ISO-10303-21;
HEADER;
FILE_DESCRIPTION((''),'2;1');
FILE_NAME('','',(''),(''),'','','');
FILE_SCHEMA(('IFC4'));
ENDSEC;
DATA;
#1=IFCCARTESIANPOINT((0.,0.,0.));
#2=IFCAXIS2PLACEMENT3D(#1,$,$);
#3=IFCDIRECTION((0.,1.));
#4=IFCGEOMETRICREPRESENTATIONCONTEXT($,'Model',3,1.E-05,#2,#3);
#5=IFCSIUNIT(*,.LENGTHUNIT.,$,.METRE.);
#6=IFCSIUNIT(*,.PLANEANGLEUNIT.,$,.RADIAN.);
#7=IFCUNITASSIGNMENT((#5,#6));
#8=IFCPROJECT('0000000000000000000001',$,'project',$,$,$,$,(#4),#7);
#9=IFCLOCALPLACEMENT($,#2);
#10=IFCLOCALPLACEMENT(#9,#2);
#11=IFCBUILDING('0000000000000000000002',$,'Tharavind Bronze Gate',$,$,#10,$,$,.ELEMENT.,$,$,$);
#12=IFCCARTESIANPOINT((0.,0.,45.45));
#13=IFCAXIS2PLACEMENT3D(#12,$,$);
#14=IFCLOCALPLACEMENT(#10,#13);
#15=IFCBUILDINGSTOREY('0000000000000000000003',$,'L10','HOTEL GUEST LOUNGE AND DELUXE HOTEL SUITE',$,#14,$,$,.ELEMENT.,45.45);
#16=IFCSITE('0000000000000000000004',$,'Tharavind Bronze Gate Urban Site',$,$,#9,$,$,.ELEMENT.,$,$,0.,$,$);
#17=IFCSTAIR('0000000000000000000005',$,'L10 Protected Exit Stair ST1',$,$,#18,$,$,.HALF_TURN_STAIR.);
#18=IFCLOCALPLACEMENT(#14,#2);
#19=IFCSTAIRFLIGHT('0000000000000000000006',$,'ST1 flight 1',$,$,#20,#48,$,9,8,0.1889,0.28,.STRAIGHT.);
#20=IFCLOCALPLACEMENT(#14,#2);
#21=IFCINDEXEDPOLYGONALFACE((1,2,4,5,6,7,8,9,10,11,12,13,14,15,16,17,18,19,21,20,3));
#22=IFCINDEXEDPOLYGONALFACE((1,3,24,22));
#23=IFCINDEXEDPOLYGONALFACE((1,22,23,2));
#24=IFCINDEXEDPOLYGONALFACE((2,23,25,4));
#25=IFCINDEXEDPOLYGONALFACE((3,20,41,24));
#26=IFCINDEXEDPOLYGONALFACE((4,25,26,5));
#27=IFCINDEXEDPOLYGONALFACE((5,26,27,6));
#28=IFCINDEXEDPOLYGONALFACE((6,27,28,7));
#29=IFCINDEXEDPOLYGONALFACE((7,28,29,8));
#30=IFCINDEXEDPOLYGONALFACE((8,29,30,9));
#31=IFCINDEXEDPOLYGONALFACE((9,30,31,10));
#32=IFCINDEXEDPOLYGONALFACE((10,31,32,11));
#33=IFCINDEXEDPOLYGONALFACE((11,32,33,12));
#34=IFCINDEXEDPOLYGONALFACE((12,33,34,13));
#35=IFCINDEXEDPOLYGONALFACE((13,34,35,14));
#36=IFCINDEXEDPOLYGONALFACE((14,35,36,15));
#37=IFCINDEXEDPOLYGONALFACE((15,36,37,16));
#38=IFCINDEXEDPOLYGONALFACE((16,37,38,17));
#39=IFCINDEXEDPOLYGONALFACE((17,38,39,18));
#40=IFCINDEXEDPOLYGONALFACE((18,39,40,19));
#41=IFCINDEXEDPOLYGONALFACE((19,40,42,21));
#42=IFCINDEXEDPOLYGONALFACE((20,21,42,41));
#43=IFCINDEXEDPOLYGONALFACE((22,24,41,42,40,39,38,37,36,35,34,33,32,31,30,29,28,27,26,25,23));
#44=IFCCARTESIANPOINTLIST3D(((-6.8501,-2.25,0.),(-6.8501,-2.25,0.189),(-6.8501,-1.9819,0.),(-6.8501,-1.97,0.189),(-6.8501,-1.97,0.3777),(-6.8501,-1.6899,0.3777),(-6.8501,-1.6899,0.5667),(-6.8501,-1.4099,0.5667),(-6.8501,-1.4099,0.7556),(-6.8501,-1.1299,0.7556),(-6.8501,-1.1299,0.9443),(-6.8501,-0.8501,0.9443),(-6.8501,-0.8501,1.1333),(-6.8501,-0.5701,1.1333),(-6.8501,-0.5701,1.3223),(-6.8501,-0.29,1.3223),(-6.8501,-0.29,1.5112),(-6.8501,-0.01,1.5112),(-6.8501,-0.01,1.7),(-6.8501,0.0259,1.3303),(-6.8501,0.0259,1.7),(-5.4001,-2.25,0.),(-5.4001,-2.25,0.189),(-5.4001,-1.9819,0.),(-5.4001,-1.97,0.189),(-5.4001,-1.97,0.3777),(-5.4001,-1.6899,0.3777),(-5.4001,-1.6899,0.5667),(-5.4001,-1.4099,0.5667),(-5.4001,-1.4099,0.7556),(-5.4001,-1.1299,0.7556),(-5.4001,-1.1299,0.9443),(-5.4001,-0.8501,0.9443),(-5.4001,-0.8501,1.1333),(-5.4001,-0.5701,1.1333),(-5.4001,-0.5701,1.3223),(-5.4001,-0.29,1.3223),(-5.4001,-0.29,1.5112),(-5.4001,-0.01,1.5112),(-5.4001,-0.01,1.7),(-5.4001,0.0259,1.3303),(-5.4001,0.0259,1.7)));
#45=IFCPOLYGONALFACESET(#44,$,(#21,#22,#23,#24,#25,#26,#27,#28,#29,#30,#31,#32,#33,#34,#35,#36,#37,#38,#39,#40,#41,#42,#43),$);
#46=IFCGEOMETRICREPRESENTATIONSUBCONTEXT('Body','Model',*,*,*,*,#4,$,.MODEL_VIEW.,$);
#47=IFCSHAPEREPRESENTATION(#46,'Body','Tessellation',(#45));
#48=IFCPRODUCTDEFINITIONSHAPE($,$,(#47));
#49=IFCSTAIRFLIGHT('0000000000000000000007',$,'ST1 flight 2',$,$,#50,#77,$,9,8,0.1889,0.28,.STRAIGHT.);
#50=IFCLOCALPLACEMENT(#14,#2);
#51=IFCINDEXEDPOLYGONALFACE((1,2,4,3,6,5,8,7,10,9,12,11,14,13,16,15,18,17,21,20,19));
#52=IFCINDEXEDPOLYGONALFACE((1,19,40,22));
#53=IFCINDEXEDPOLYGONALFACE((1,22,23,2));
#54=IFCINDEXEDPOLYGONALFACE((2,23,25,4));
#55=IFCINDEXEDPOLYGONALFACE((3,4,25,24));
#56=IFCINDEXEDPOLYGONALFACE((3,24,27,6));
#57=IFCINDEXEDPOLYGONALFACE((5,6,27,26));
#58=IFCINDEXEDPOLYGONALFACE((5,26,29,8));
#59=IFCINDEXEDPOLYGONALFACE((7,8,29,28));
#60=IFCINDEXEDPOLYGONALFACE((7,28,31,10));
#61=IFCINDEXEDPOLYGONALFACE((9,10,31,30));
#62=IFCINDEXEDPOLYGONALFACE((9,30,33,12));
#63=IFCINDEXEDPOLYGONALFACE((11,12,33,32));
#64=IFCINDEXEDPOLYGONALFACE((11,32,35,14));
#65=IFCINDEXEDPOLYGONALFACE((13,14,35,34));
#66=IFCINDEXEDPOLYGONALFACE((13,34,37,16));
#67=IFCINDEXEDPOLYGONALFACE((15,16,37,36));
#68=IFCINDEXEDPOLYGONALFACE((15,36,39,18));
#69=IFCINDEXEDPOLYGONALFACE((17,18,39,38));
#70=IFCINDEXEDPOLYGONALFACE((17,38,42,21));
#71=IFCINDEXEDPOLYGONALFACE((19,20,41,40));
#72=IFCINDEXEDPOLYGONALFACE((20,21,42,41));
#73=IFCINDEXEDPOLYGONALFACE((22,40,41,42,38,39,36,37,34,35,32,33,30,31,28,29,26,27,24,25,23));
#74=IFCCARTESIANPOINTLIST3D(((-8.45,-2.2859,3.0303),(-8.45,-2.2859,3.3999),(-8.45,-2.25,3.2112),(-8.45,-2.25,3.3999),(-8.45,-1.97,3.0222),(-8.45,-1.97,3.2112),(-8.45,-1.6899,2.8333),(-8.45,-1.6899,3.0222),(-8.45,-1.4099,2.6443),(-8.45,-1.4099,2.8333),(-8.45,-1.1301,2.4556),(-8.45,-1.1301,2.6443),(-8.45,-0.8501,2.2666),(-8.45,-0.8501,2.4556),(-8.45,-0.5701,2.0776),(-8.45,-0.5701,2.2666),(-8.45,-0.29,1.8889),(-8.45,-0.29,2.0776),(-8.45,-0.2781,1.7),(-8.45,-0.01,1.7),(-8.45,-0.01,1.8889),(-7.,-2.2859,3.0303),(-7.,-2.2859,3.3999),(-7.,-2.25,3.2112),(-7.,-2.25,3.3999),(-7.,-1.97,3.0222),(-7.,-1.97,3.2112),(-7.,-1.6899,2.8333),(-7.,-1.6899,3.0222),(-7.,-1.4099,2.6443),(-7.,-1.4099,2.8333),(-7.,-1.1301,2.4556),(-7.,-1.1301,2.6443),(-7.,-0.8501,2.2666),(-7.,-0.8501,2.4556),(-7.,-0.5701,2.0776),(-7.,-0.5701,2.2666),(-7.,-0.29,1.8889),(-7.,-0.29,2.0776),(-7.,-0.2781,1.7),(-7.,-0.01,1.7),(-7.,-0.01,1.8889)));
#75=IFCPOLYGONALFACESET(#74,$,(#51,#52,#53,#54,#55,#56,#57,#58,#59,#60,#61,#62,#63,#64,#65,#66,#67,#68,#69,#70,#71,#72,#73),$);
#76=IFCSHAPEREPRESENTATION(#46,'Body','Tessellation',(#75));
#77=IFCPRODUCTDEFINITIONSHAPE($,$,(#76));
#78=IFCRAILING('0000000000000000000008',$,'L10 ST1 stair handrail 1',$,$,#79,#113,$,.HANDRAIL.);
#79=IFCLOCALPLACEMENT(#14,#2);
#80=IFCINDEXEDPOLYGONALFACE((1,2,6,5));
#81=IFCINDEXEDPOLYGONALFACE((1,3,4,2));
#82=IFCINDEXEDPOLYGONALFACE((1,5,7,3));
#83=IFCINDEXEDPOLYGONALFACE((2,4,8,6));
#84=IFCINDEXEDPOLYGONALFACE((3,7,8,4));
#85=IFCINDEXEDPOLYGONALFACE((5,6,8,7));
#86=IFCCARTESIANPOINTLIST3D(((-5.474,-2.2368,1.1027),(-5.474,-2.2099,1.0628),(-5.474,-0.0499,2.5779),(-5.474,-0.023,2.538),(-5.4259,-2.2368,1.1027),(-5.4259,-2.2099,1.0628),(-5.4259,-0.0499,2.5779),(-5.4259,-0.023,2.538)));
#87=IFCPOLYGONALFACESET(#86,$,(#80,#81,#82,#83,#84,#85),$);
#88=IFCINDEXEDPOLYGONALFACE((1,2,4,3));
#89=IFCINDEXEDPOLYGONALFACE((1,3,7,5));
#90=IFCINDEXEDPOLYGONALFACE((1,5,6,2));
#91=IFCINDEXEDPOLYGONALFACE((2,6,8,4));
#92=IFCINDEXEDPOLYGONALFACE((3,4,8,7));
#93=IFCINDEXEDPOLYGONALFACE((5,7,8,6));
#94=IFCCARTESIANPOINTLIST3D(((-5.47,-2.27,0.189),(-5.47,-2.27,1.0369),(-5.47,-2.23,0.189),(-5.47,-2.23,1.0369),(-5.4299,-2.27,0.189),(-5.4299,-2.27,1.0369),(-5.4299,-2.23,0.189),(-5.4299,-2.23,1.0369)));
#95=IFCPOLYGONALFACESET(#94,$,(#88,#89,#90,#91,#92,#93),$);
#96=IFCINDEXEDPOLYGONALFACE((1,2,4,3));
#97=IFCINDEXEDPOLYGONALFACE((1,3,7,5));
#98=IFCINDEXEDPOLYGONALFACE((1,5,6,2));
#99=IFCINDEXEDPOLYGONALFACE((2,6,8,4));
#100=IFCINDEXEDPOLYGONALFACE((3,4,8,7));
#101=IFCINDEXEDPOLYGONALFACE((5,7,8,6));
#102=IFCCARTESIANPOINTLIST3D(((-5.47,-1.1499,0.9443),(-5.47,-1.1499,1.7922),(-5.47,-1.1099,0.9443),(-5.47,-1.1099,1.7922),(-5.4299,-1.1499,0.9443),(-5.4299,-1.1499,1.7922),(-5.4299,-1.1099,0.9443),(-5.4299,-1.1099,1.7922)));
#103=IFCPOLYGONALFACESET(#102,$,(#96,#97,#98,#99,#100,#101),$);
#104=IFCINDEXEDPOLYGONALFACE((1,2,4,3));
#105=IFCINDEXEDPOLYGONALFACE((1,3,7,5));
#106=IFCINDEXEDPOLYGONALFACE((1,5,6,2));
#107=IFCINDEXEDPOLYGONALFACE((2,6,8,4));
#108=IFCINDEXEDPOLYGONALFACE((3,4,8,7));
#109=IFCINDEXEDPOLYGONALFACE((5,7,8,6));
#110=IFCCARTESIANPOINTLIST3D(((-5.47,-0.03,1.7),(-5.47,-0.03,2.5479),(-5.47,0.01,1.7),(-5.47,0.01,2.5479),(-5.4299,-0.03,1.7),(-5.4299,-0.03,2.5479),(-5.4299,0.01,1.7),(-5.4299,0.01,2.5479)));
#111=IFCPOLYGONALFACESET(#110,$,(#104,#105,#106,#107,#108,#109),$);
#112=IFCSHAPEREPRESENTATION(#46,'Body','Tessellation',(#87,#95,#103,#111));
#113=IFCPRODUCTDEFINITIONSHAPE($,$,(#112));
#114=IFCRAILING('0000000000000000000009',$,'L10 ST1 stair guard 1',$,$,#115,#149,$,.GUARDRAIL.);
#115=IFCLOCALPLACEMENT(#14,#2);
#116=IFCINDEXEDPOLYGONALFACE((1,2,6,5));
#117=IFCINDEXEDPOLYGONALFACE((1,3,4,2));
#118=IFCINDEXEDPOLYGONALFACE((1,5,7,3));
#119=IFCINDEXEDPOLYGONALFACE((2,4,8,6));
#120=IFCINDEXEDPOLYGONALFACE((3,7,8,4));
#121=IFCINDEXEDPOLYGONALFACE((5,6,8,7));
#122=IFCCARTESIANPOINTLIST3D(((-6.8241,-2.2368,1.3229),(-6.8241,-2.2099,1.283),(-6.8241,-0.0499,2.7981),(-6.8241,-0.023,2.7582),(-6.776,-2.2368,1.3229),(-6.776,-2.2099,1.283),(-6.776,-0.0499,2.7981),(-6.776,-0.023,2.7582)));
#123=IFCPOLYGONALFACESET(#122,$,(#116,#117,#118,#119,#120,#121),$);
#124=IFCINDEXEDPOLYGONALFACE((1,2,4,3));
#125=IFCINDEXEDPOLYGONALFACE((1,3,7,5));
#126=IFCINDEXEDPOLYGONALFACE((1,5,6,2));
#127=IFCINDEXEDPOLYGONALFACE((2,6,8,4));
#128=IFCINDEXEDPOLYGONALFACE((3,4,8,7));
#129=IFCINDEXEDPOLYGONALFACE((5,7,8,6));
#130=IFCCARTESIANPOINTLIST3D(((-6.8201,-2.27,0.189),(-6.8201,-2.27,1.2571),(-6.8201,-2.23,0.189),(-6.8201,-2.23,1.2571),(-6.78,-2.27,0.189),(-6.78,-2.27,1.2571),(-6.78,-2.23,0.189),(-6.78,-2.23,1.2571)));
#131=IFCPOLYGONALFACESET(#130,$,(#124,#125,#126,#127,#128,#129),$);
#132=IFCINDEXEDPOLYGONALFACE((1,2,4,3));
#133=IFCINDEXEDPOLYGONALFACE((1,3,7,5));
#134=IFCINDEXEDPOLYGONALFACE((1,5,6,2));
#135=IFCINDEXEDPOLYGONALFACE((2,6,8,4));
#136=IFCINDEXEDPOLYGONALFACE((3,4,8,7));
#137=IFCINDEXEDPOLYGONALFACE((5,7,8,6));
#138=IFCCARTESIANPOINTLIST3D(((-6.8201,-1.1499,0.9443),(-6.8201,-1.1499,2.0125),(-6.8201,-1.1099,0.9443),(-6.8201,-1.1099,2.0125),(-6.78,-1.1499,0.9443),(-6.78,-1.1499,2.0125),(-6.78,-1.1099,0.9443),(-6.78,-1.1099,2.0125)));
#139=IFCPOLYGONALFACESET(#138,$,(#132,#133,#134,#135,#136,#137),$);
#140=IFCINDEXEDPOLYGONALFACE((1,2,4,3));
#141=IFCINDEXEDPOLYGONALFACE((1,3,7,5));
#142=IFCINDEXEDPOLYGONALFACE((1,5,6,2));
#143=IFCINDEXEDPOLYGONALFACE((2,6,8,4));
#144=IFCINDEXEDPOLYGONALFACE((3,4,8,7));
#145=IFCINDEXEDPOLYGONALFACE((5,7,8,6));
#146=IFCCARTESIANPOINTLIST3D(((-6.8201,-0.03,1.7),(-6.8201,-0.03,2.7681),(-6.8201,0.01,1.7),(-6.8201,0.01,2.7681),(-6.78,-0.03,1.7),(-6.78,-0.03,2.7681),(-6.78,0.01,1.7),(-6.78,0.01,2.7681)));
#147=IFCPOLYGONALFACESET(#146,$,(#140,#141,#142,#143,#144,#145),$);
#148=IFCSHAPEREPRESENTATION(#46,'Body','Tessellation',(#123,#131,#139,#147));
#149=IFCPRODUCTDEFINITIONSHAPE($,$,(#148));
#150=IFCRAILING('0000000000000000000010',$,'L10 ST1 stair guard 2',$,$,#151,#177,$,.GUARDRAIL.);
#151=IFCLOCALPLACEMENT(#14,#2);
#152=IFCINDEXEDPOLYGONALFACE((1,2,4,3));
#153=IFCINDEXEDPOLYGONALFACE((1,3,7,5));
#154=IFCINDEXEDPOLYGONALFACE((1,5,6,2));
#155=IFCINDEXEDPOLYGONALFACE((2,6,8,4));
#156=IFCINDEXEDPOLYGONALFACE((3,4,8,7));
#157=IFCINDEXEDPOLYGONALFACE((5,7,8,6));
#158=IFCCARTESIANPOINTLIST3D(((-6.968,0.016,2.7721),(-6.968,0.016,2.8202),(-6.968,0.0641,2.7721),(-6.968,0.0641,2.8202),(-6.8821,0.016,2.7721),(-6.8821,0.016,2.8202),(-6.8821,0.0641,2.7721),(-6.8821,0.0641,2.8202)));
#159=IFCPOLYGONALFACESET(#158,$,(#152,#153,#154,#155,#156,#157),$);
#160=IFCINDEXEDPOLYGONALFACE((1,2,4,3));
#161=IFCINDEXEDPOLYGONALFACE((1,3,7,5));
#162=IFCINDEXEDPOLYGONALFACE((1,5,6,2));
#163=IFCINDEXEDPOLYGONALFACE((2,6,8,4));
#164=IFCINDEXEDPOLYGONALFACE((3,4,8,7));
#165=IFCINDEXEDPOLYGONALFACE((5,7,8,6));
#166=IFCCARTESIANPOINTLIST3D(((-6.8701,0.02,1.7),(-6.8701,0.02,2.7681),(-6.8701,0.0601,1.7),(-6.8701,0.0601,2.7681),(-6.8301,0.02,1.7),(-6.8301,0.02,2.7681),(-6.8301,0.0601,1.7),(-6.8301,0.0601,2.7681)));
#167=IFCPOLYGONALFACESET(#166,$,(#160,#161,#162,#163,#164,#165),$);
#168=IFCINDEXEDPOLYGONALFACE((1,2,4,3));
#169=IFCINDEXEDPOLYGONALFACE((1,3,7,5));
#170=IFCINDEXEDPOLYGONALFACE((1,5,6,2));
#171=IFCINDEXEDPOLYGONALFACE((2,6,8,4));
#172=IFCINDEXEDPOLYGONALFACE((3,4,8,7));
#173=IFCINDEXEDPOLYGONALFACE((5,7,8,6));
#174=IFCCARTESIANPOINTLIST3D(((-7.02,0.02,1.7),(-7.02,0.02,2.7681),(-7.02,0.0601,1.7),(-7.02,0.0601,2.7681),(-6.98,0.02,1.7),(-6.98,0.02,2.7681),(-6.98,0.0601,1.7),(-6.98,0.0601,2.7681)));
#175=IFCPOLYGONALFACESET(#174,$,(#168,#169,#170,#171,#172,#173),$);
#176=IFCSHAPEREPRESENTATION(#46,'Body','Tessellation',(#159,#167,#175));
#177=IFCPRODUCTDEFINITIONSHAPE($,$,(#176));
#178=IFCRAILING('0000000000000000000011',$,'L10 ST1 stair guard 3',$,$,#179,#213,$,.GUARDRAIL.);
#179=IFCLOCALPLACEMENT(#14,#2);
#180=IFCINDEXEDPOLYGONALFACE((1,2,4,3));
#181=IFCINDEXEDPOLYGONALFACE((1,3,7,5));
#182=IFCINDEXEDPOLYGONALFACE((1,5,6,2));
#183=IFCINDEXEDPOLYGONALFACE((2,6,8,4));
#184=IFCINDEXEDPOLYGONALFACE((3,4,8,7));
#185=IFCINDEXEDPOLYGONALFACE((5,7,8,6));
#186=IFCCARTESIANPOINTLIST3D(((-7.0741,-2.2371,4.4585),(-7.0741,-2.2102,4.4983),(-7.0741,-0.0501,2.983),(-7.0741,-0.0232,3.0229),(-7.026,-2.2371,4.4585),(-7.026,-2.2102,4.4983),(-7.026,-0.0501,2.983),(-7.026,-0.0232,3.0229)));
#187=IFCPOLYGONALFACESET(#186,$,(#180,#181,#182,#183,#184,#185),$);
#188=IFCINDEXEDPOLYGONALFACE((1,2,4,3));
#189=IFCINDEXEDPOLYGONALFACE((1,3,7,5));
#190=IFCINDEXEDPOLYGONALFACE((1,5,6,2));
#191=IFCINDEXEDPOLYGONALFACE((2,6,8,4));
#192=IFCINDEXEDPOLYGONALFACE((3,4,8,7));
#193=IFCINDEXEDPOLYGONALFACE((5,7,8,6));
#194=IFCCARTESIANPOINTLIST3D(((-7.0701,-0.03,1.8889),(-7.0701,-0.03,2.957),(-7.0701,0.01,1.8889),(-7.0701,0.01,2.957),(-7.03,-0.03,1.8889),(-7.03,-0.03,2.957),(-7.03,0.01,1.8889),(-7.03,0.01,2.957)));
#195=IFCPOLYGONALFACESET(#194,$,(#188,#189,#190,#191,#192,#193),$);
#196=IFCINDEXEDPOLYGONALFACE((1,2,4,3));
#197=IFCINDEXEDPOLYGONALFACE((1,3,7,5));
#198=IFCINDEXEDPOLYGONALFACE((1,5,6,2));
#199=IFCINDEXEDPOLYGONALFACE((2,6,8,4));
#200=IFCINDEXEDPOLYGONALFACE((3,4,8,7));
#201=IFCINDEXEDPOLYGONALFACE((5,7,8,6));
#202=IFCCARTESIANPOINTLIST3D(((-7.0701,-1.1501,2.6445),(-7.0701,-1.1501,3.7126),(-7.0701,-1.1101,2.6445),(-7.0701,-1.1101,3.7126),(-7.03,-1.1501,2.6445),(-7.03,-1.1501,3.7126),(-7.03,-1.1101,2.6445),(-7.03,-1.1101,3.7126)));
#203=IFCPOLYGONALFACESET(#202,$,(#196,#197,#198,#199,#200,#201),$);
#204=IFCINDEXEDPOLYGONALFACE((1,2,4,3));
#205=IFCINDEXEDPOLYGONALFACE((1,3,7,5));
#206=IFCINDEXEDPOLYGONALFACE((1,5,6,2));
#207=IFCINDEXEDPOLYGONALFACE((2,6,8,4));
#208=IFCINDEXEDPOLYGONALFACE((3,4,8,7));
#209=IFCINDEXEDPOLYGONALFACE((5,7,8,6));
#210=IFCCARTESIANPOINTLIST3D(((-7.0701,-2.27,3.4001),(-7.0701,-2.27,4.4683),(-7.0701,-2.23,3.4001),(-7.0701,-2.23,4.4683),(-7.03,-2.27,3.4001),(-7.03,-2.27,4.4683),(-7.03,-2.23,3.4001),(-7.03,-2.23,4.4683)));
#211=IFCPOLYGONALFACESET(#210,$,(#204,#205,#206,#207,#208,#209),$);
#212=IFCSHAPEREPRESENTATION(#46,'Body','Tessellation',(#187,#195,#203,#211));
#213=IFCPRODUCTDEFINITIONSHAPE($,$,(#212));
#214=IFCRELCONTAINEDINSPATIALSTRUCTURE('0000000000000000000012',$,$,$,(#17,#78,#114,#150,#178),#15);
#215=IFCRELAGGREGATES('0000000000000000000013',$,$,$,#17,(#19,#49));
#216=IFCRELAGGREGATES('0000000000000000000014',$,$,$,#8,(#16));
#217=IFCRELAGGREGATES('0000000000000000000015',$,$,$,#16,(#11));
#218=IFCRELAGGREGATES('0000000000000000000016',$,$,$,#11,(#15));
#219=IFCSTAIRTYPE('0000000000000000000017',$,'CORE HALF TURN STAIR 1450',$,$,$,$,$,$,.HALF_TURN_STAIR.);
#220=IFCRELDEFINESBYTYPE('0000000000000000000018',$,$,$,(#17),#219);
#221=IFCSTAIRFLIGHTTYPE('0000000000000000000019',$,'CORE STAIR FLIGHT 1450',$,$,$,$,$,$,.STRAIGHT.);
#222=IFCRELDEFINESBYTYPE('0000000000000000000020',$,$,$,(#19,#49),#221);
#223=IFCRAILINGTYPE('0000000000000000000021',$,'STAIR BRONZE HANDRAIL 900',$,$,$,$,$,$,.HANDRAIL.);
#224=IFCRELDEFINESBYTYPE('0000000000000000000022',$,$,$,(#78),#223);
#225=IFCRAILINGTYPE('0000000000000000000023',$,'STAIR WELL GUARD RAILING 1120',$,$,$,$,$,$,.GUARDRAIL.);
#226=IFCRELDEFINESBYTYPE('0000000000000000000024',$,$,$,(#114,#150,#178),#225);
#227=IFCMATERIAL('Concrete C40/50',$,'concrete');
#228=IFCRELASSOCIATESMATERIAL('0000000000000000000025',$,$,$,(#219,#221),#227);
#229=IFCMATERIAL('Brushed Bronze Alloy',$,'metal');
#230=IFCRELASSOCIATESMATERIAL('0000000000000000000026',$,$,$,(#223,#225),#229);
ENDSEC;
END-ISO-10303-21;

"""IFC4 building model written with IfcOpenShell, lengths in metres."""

from ifc_helpers import new_model, si_unit, direction, frame, origin, origin_2d, place, context, subcontext, project, spatial, polyline, rectangle, outline, extrude, material, type_object, element, aggregate, save


model = new_model("IFC4")

# Units and contexts
model_context = context("Model", 3, precision=1e-05, world=origin(), true_north=direction((0.0, 1.0)))
body_context = subcontext(model_context, "Body", "Model", "MODEL_VIEW")
ifc_project = project(units=[si_unit("LENGTHUNIT", "METRE"), si_unit("PLANEANGLEUNIT", "RADIAN")], contexts=[model_context])

# Site, building, storey
site_placement = place(None, origin())
site = spatial("IfcSite", under=ifc_project, at=site_placement, Name="Tharavind Bronze Gate Urban Site", CompositionType="ELEMENT", RefElevation=0.0)
building_placement = place(site_placement, origin())
building = spatial("IfcBuilding", under=site, at=building_placement, Name="Tharavind Bronze Gate", CompositionType="ELEMENT")
storey_placement = place(building_placement, frame((0.0, 0.0, 45.45)))
storey = spatial("IfcBuildingStorey", under=building, at=storey_placement, Name="L10", Description="HOTEL GUEST LOUNGE AND DELUXE HOTEL SUITE", CompositionType="ELEMENT", Elevation=45.45)

# Shared definitions
ifc_material_1 = material(Name="Concrete C40/50", Category="concrete")

# Stair, stair flights
stair_type = type_object("IfcStairType", Name="CORE HALF TURN STAIR 1450", PredefinedType="HALF_TURN_STAIR", material=ifc_material_1)
stair_placement = place(storey_placement, origin())
stair = element("IfcStair", 1, at=stair_placement, inside=storey, type_object=stair_type, Name="L10 Protected Exit Stair ST1", PredefinedType="HALF_TURN_STAIR")
stair_flight_type = type_object("IfcStairFlightType", Name="CORE STAIR FLIGHT 1450", PredefinedType="STRAIGHT", material=ifc_material_1)
stair_flight_1_placement = place(storey_placement, frame((-6.125, -2.25, 0.0), z_axis=(0.0, 0.0, 1.0), x_axis=(0.0, 1.0, 0.0)))
stair_flight_1 = element("IfcStairFlight", 2, at=stair_flight_1_placement, type_object=stair_flight_type, Name="ST1 flight 1", NumberOfRisers=9, NumberOfTreads=8, PredefinedType="STRAIGHT", RiserHeight=0.1889, TreadLength=0.28, context=body_context, shape_type="SweptSolid", body=[
    extrude(outline(polyline([(0.0, 0.0), (0.0, 0.189), (0.28, 0.189), (0.28, 0.3777), (0.5601, 0.3777), (0.5601, 0.5667), (0.8401, 0.5667), (0.8401, 0.7556), (1.1201, 0.7556), (1.1201, 0.9443), (1.3999, 0.9443), (1.3999, 1.1333), (1.6799, 1.1333), (1.6799, 1.3223), (1.96, 1.3223), (1.96, 1.5112), (2.24, 1.5112), (2.24, 1.7), (2.2759, 1.7), (2.2759, 1.3303), (0.2681, 0.0), (0.0, 0.0)])), frame((0.0, 0.7251, 0.0), z_axis=(0.0, -1.0, 0.0), x_axis=(1.0, 0.0, 0.0)), (0.0, 0.0, 1.0), 1.45),
])
stair_flight_2_placement = place(storey_placement, frame((-7.7251, -0.01, 1.7), z_axis=(0.0, 0.0, 1.0), x_axis=(0.0, -1.0, 0.0)))
stair_flight_2 = element("IfcStairFlight", 3, at=stair_flight_2_placement, type_object=stair_flight_type, Name="ST1 flight 2", NumberOfRisers=9, NumberOfTreads=8, PredefinedType="STRAIGHT", RiserHeight=0.1889, TreadLength=0.28, context=body_context, shape_type="SweptSolid", body=[
    extrude(outline(polyline([(0.0, 0.0), (0.0, 0.189), (0.28, 0.189), (0.28, 0.3777), (0.5601, 0.3777), (0.5601, 0.5667), (0.8401, 0.5667), (0.8401, 0.7556), (1.1201, 0.7556), (1.1201, 0.9443), (1.3999, 0.9443), (1.3999, 1.1333), (1.6799, 1.1333), (1.6799, 1.3223), (1.96, 1.3223), (1.96, 1.5112), (2.24, 1.5112), (2.24, 1.7), (2.2759, 1.7), (2.2759, 1.3303), (0.2681, 0.0), (0.0, 0.0)])), frame((0.0, 0.7251, 0.0), z_axis=(0.0, -1.0, 0.0), x_axis=(1.0, 0.0, 0.0)), (0.0, 0.0, 1.0), 1.45),
])
aggregate(stair, [stair_flight_1, stair_flight_2])

# Railings
ifc_material_2 = material(Name="Brushed Bronze Alloy", Category="metal")
railing_type_1 = type_object("IfcRailingType", Name="STAIR BRONZE HANDRAIL 900", PredefinedType="HANDRAIL", material=ifc_material_2)
railing_1_placement = place(storey_placement, frame((-5.45, -2.25, 0.189)))
element("IfcRailing", 4, at=railing_1_placement, inside=storey, type_object=railing_type_1, Name="L10 ST1 stair handrail 1", PredefinedType="HANDRAIL", context=body_context, shape_type="SweptSolid", body=[
    extrude(rectangle(XDim=0.0481, YDim=0.0481, at=origin_2d()), frame((0.0, 0.0266, 0.8938), z_axis=(0.0, 0.829021, 0.559217), x_axis=(-1.0, 0.0, 0.0)), (0.0, 0.0, 1.0), 2.6379),
    extrude(rectangle(XDim=0.04, YDim=0.04, at=origin_2d()), origin(), (0.0, 0.0, 1.0), 0.8479),
    extrude(rectangle(XDim=0.04, YDim=0.04, at=origin_2d()), frame((0.0, 1.1201, 0.7554)), (0.0, 0.0, 1.0), 0.8479),
    extrude(rectangle(XDim=0.04, YDim=0.04, at=origin_2d()), frame((0.0, 2.24, 1.511)), (0.0, 0.0, 1.0), 0.8479),
])
railing_type_2 = type_object("IfcRailingType", Name="STAIR WELL GUARD RAILING 1120", PredefinedType="GUARDRAIL", material=ifc_material_2)
railing_2_placement = place(storey_placement, frame((-6.8, -2.25, 0.189)))
element("IfcRailing", 5, at=railing_2_placement, inside=storey, type_object=railing_type_2, Name="L10 ST1 stair guard 1", PredefinedType="GUARDRAIL", context=body_context, shape_type="SweptSolid", body=[
    extrude(rectangle(XDim=0.0481, YDim=0.0481, at=origin_2d()), frame((0.0, 0.0266, 1.114), z_axis=(0.0, 0.829021, 0.559217), x_axis=(-1.0, 0.0, 0.0)), (0.0, 0.0, 1.0), 2.6379),
    extrude(rectangle(XDim=0.04, YDim=0.04, at=origin_2d()), origin(), (0.0, 0.0, 1.0), 1.0681),
    extrude(rectangle(XDim=0.04, YDim=0.04, at=origin_2d()), frame((0.0, 1.1201, 0.7554)), (0.0, 0.0, 1.0), 1.0681),
    extrude(rectangle(XDim=0.04, YDim=0.04, at=origin_2d()), frame((0.0, 2.24, 1.511)), (0.0, 0.0, 1.0), 1.0681),
])
railing_3_placement = place(storey_placement, frame((-6.8501, 0.04, 1.7)))
element("IfcRailing", 6, at=railing_3_placement, inside=storey, type_object=railing_type_2, Name="L10 ST1 stair guard 2", PredefinedType="GUARDRAIL", context=body_context, shape_type="SweptSolid", body=[
    extrude(rectangle(XDim=0.0481, YDim=0.0481, at=origin_2d()), frame((-0.032, 0.0, 1.0962), z_axis=(-1.0, 0.0, 0.0), x_axis=(0.0, -1.0, 0.0)), (0.0, 0.0, 1.0), 0.0859),
    extrude(rectangle(XDim=0.04, YDim=0.04, at=origin_2d()), origin(), (0.0, 0.0, 1.0), 1.0681),
    extrude(rectangle(XDim=0.04, YDim=0.04, at=origin_2d()), frame((-0.1499, 0.0, 0.0)), (0.0, 0.0, 1.0), 1.0681),
])
railing_4_placement = place(storey_placement, frame((-7.05, -0.01, 1.8889)))
element("IfcRailing", 7, at=railing_4_placement, inside=storey, type_object=railing_type_2, Name="L10 ST1 stair guard 3", PredefinedType="GUARDRAIL", context=body_context, shape_type="SweptSolid", body=[
    extrude(rectangle(XDim=0.0481, YDim=0.0481, at=origin_2d()), frame((0.0, -0.0266, 1.114), z_axis=(0.0, -0.82898, 0.559279), x_axis=(1.0, 0.0, 0.0)), (0.0, 0.0, 1.0), 2.6382),
    extrude(rectangle(XDim=0.04, YDim=0.04, at=origin_2d()), origin(), (0.0, 0.0, 1.0), 1.0681),
    extrude(rectangle(XDim=0.04, YDim=0.04, at=origin_2d()), frame((0.0, -1.1201, 0.7556)), (0.0, 0.0, 1.0), 1.0681),
    extrude(rectangle(XDim=0.04, YDim=0.04, at=origin_2d()), frame((0.0, -2.24, 1.5112)), (0.0, 0.0, 1.0), 1.0681),
])

save(model, "model.ifc")
